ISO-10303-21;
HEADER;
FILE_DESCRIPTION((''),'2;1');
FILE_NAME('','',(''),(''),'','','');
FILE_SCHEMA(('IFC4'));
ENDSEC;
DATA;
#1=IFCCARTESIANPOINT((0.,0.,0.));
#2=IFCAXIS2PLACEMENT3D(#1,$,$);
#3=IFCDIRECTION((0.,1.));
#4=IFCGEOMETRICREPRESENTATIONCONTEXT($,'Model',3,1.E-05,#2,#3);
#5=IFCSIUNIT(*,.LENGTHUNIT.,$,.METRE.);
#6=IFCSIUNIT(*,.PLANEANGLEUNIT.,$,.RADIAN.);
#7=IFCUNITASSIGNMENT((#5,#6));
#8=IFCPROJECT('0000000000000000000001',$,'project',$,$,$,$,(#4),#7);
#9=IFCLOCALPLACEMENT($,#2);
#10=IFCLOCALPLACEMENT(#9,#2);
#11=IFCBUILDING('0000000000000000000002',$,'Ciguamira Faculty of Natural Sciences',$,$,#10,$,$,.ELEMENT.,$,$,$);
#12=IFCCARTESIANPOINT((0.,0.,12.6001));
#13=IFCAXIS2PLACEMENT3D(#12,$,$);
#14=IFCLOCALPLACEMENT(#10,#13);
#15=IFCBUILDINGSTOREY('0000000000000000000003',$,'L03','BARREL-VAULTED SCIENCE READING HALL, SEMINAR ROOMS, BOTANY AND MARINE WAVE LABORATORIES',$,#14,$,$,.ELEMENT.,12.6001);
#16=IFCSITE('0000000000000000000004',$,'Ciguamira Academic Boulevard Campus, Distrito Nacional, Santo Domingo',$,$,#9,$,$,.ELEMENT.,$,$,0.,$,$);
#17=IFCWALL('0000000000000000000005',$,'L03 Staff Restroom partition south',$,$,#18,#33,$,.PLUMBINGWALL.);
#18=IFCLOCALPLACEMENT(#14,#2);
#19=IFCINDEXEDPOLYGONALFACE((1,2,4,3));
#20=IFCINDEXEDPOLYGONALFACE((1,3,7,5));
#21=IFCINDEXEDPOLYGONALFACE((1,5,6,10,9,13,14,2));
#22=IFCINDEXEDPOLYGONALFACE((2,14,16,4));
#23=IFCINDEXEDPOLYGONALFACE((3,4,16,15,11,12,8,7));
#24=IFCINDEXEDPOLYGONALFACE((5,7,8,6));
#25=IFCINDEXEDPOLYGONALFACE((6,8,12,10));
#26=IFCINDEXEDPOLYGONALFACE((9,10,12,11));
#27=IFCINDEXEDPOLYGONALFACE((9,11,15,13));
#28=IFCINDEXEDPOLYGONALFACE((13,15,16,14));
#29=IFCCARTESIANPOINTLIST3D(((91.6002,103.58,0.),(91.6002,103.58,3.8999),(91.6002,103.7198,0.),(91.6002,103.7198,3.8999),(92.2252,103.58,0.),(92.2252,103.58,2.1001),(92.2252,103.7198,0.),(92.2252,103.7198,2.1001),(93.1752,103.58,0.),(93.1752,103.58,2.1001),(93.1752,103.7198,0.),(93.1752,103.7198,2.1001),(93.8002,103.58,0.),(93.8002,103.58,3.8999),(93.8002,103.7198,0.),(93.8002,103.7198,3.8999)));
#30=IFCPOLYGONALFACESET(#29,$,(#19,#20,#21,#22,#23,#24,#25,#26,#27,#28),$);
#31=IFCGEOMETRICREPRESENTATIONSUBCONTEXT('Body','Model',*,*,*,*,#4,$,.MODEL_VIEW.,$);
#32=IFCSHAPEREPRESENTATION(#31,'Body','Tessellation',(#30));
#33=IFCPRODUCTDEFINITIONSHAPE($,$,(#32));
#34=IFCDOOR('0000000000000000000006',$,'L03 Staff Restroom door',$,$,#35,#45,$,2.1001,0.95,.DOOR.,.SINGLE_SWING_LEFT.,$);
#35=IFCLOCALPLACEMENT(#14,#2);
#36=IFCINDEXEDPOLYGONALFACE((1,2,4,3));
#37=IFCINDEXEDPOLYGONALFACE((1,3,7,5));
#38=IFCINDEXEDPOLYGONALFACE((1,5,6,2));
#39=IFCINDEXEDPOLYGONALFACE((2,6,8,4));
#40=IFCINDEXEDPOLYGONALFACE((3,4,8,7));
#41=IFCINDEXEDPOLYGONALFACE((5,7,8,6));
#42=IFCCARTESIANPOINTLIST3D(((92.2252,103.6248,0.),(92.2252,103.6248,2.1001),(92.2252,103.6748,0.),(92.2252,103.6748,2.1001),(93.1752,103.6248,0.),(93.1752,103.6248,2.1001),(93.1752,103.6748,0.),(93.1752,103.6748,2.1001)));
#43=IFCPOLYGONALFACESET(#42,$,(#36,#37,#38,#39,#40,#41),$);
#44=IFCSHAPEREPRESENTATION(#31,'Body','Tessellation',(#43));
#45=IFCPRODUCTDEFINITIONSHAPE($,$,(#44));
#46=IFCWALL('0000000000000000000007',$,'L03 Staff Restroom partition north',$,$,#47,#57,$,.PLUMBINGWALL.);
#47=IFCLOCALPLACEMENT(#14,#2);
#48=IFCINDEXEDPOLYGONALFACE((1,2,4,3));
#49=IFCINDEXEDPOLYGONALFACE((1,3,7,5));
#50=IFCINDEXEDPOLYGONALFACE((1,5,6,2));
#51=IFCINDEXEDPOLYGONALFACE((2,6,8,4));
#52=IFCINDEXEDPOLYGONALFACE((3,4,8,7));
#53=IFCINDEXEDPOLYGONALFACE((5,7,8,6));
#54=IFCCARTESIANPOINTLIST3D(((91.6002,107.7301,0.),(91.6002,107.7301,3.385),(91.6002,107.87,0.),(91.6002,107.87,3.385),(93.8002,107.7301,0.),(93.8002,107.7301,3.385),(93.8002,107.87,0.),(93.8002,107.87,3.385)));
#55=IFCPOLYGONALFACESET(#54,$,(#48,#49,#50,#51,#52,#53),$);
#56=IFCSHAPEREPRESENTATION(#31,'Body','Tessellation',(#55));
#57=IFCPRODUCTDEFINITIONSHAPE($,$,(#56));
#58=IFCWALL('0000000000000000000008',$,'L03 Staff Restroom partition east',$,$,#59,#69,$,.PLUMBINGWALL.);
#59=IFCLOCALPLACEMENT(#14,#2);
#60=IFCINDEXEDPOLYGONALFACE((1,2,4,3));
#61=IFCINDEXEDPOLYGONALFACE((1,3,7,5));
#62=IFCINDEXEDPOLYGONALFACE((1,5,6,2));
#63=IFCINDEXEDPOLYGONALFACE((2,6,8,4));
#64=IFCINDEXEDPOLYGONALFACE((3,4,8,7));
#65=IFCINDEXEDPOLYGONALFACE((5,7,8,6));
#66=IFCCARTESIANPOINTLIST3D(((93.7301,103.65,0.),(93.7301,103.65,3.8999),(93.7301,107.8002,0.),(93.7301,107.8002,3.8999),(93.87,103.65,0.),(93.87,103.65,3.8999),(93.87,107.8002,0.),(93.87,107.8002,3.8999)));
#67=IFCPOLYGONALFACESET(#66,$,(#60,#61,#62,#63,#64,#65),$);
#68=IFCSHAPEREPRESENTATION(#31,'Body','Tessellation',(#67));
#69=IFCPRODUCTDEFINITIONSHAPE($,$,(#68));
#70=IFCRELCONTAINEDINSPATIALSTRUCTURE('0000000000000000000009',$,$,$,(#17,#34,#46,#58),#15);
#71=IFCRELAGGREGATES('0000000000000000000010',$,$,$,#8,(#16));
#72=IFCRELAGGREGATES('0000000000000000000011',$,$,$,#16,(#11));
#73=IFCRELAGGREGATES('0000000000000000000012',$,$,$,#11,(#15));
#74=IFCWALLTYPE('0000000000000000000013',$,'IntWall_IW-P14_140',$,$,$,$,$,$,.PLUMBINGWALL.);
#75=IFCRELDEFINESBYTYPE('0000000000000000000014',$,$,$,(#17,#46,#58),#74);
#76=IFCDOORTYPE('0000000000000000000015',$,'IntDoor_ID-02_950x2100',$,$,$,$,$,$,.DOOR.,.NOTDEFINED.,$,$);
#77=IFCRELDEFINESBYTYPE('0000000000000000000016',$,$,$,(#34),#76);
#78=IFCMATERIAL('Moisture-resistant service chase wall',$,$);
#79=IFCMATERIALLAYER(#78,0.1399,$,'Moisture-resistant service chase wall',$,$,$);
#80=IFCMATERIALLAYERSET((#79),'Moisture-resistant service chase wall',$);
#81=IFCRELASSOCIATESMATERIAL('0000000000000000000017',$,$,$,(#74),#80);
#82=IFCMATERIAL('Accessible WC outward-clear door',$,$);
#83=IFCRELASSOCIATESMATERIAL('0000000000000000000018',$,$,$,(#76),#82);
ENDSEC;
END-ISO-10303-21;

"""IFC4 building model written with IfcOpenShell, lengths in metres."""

from ifc_helpers import new_model, si_unit, direction, frame, frame_2d, origin, place, context, subcontext, project, spatial, rectangle, extrude, material, layer, layer_set, type_object, element, fill, save


model = new_model("IFC4")

# Units and contexts
model_context = context("Model", 3, precision=1e-05, world=origin(), true_north=direction((0.0, 1.0)))
body_context = subcontext(model_context, "Body", "Model", "MODEL_VIEW")
ifc_project = project(units=[si_unit("LENGTHUNIT", "METRE"), si_unit("PLANEANGLEUNIT", "RADIAN")], contexts=[model_context])

# Site, building, storey
site_placement = place(None, origin())
site = spatial("IfcSite", under=ifc_project, at=site_placement, Name="Ciguamira Academic Boulevard Campus, Distrito Nacional, Santo Domingo", CompositionType="ELEMENT", RefElevation=0.0)
building_placement = place(site_placement, origin())
building = spatial("IfcBuilding", under=site, at=building_placement, Name="Ciguamira Faculty of Natural Sciences", CompositionType="ELEMENT")
storey_placement = place(building_placement, frame((0.0, 0.0, 12.6001)))
storey = spatial("IfcBuildingStorey", under=building, at=storey_placement, Name="L03", Description="BARREL-VAULTED SCIENCE READING HALL, SEMINAR ROOMS, BOTANY AND MARINE WAVE LABORATORIES", CompositionType="ELEMENT", Elevation=12.6001)

# Shared definitions
ifc_material_1 = material(Name="Moisture-resistant service chase wall")
ifc_layer_1 = layer(ifc_material_1, 0.1399, Name="Moisture-resistant service chase wall")
ifc_layer_set_1 = layer_set([ifc_layer_1], Name="Moisture-resistant service chase wall")
wall_type_1 = type_object("IfcWallType", Name="IntWall_IW-P14_140", PredefinedType="PLUMBINGWALL", material=ifc_layer_set_1)

# Shared definitions
ifc_material_2 = material(Name="Accessible WC outward-clear door")
door_type_1 = type_object("IfcDoorType", Name="IntDoor_ID-02_950x2100", OperationType="NOTDEFINED", PredefinedType="DOOR", material=ifc_material_2)

# Wall, opening, door
wall_1_placement = place(storey_placement, frame((91.6001, 103.6499, 0.0), z_axis=(0.0, 0.0, 1.0), x_axis=(1.0, 0.0, 0.0)))
wall_1 = element("IfcWall", 1, at=wall_1_placement, inside=storey, type_object=wall_type_1, Name="L03 Staff Restroom partition south", PredefinedType="PLUMBINGWALL", context=body_context, shape_type="SweptSolid", body=[
    extrude(rectangle(XDim=2.2, YDim=0.1399, at=frame_2d((1.1001, 0.0))), origin(), (0.0, 0.0, 1.0), 3.8999),
])
opening_1_placement = place(wall_1_placement, frame((0.625, 0.0, 0.0)))
opening_1 = element("IfcOpeningElement", 2, at=opening_1_placement, cuts=wall_1, PredefinedType="OPENING", context=body_context, shape_type="SweptSolid", body=[
    extrude(rectangle(XDim=0.95, YDim=2.1001, at=frame_2d((0.4751, 1.05))), frame((0.0, 0.0798, 0.0), z_axis=(0.0, -1.0, 0.0), x_axis=(1.0, 0.0, 0.0)), (0.0, 0.0, 1.0), 0.1599),
])
door_1_placement = place(opening_1_placement, origin())
door_1 = element("IfcDoor", 3, at=door_1_placement, inside=storey, type_object=door_type_1, Name="L03 Staff Restroom door", OperationType="SINGLE_SWING_LEFT", OverallHeight=2.1001, OverallWidth=0.95, PredefinedType="DOOR", context=body_context, shape_type="SweptSolid", body=[
    extrude(rectangle(XDim=0.95, YDim=2.1001, at=frame_2d((0.4751, 1.05))), frame((0.0, 0.0249, 0.0), z_axis=(0.0, -1.0, 0.0), x_axis=(1.0, 0.0, 0.0)), (0.0, 0.0, 1.0), 0.05),
])
fill(opening_1, door_1)

# Walls
wall_2_placement = place(storey_placement, frame((91.6001, 107.8, 0.0), z_axis=(0.0, 0.0, 1.0), x_axis=(1.0, 0.0, 0.0)))
element("IfcWall", 4, at=wall_2_placement, inside=storey, type_object=wall_type_1, Name="L03 Staff Restroom partition north", PredefinedType="PLUMBINGWALL", context=body_context, shape_type="SweptSolid", body=[
    extrude(rectangle(XDim=2.2, YDim=0.1399, at=frame_2d((1.1001, 0.0))), origin(), (0.0, 0.0, 1.0), 3.385),
])
wall_3_placement = place(storey_placement, frame((93.8, 103.6499, 0.0), z_axis=(0.0, 0.0, 1.0), x_axis=(0.0, 1.0, 0.0)))
element("IfcWall", 5, at=wall_3_placement, inside=storey, type_object=wall_type_1, Name="L03 Staff Restroom partition east", PredefinedType="PLUMBINGWALL", context=body_context, shape_type="SweptSolid", body=[
    extrude(rectangle(XDim=4.1501, YDim=0.1399, at=frame_2d((2.0752, 0.0))), origin(), (0.0, 0.0, 1.0), 3.8999),
])

save(model, "model.ifc")
